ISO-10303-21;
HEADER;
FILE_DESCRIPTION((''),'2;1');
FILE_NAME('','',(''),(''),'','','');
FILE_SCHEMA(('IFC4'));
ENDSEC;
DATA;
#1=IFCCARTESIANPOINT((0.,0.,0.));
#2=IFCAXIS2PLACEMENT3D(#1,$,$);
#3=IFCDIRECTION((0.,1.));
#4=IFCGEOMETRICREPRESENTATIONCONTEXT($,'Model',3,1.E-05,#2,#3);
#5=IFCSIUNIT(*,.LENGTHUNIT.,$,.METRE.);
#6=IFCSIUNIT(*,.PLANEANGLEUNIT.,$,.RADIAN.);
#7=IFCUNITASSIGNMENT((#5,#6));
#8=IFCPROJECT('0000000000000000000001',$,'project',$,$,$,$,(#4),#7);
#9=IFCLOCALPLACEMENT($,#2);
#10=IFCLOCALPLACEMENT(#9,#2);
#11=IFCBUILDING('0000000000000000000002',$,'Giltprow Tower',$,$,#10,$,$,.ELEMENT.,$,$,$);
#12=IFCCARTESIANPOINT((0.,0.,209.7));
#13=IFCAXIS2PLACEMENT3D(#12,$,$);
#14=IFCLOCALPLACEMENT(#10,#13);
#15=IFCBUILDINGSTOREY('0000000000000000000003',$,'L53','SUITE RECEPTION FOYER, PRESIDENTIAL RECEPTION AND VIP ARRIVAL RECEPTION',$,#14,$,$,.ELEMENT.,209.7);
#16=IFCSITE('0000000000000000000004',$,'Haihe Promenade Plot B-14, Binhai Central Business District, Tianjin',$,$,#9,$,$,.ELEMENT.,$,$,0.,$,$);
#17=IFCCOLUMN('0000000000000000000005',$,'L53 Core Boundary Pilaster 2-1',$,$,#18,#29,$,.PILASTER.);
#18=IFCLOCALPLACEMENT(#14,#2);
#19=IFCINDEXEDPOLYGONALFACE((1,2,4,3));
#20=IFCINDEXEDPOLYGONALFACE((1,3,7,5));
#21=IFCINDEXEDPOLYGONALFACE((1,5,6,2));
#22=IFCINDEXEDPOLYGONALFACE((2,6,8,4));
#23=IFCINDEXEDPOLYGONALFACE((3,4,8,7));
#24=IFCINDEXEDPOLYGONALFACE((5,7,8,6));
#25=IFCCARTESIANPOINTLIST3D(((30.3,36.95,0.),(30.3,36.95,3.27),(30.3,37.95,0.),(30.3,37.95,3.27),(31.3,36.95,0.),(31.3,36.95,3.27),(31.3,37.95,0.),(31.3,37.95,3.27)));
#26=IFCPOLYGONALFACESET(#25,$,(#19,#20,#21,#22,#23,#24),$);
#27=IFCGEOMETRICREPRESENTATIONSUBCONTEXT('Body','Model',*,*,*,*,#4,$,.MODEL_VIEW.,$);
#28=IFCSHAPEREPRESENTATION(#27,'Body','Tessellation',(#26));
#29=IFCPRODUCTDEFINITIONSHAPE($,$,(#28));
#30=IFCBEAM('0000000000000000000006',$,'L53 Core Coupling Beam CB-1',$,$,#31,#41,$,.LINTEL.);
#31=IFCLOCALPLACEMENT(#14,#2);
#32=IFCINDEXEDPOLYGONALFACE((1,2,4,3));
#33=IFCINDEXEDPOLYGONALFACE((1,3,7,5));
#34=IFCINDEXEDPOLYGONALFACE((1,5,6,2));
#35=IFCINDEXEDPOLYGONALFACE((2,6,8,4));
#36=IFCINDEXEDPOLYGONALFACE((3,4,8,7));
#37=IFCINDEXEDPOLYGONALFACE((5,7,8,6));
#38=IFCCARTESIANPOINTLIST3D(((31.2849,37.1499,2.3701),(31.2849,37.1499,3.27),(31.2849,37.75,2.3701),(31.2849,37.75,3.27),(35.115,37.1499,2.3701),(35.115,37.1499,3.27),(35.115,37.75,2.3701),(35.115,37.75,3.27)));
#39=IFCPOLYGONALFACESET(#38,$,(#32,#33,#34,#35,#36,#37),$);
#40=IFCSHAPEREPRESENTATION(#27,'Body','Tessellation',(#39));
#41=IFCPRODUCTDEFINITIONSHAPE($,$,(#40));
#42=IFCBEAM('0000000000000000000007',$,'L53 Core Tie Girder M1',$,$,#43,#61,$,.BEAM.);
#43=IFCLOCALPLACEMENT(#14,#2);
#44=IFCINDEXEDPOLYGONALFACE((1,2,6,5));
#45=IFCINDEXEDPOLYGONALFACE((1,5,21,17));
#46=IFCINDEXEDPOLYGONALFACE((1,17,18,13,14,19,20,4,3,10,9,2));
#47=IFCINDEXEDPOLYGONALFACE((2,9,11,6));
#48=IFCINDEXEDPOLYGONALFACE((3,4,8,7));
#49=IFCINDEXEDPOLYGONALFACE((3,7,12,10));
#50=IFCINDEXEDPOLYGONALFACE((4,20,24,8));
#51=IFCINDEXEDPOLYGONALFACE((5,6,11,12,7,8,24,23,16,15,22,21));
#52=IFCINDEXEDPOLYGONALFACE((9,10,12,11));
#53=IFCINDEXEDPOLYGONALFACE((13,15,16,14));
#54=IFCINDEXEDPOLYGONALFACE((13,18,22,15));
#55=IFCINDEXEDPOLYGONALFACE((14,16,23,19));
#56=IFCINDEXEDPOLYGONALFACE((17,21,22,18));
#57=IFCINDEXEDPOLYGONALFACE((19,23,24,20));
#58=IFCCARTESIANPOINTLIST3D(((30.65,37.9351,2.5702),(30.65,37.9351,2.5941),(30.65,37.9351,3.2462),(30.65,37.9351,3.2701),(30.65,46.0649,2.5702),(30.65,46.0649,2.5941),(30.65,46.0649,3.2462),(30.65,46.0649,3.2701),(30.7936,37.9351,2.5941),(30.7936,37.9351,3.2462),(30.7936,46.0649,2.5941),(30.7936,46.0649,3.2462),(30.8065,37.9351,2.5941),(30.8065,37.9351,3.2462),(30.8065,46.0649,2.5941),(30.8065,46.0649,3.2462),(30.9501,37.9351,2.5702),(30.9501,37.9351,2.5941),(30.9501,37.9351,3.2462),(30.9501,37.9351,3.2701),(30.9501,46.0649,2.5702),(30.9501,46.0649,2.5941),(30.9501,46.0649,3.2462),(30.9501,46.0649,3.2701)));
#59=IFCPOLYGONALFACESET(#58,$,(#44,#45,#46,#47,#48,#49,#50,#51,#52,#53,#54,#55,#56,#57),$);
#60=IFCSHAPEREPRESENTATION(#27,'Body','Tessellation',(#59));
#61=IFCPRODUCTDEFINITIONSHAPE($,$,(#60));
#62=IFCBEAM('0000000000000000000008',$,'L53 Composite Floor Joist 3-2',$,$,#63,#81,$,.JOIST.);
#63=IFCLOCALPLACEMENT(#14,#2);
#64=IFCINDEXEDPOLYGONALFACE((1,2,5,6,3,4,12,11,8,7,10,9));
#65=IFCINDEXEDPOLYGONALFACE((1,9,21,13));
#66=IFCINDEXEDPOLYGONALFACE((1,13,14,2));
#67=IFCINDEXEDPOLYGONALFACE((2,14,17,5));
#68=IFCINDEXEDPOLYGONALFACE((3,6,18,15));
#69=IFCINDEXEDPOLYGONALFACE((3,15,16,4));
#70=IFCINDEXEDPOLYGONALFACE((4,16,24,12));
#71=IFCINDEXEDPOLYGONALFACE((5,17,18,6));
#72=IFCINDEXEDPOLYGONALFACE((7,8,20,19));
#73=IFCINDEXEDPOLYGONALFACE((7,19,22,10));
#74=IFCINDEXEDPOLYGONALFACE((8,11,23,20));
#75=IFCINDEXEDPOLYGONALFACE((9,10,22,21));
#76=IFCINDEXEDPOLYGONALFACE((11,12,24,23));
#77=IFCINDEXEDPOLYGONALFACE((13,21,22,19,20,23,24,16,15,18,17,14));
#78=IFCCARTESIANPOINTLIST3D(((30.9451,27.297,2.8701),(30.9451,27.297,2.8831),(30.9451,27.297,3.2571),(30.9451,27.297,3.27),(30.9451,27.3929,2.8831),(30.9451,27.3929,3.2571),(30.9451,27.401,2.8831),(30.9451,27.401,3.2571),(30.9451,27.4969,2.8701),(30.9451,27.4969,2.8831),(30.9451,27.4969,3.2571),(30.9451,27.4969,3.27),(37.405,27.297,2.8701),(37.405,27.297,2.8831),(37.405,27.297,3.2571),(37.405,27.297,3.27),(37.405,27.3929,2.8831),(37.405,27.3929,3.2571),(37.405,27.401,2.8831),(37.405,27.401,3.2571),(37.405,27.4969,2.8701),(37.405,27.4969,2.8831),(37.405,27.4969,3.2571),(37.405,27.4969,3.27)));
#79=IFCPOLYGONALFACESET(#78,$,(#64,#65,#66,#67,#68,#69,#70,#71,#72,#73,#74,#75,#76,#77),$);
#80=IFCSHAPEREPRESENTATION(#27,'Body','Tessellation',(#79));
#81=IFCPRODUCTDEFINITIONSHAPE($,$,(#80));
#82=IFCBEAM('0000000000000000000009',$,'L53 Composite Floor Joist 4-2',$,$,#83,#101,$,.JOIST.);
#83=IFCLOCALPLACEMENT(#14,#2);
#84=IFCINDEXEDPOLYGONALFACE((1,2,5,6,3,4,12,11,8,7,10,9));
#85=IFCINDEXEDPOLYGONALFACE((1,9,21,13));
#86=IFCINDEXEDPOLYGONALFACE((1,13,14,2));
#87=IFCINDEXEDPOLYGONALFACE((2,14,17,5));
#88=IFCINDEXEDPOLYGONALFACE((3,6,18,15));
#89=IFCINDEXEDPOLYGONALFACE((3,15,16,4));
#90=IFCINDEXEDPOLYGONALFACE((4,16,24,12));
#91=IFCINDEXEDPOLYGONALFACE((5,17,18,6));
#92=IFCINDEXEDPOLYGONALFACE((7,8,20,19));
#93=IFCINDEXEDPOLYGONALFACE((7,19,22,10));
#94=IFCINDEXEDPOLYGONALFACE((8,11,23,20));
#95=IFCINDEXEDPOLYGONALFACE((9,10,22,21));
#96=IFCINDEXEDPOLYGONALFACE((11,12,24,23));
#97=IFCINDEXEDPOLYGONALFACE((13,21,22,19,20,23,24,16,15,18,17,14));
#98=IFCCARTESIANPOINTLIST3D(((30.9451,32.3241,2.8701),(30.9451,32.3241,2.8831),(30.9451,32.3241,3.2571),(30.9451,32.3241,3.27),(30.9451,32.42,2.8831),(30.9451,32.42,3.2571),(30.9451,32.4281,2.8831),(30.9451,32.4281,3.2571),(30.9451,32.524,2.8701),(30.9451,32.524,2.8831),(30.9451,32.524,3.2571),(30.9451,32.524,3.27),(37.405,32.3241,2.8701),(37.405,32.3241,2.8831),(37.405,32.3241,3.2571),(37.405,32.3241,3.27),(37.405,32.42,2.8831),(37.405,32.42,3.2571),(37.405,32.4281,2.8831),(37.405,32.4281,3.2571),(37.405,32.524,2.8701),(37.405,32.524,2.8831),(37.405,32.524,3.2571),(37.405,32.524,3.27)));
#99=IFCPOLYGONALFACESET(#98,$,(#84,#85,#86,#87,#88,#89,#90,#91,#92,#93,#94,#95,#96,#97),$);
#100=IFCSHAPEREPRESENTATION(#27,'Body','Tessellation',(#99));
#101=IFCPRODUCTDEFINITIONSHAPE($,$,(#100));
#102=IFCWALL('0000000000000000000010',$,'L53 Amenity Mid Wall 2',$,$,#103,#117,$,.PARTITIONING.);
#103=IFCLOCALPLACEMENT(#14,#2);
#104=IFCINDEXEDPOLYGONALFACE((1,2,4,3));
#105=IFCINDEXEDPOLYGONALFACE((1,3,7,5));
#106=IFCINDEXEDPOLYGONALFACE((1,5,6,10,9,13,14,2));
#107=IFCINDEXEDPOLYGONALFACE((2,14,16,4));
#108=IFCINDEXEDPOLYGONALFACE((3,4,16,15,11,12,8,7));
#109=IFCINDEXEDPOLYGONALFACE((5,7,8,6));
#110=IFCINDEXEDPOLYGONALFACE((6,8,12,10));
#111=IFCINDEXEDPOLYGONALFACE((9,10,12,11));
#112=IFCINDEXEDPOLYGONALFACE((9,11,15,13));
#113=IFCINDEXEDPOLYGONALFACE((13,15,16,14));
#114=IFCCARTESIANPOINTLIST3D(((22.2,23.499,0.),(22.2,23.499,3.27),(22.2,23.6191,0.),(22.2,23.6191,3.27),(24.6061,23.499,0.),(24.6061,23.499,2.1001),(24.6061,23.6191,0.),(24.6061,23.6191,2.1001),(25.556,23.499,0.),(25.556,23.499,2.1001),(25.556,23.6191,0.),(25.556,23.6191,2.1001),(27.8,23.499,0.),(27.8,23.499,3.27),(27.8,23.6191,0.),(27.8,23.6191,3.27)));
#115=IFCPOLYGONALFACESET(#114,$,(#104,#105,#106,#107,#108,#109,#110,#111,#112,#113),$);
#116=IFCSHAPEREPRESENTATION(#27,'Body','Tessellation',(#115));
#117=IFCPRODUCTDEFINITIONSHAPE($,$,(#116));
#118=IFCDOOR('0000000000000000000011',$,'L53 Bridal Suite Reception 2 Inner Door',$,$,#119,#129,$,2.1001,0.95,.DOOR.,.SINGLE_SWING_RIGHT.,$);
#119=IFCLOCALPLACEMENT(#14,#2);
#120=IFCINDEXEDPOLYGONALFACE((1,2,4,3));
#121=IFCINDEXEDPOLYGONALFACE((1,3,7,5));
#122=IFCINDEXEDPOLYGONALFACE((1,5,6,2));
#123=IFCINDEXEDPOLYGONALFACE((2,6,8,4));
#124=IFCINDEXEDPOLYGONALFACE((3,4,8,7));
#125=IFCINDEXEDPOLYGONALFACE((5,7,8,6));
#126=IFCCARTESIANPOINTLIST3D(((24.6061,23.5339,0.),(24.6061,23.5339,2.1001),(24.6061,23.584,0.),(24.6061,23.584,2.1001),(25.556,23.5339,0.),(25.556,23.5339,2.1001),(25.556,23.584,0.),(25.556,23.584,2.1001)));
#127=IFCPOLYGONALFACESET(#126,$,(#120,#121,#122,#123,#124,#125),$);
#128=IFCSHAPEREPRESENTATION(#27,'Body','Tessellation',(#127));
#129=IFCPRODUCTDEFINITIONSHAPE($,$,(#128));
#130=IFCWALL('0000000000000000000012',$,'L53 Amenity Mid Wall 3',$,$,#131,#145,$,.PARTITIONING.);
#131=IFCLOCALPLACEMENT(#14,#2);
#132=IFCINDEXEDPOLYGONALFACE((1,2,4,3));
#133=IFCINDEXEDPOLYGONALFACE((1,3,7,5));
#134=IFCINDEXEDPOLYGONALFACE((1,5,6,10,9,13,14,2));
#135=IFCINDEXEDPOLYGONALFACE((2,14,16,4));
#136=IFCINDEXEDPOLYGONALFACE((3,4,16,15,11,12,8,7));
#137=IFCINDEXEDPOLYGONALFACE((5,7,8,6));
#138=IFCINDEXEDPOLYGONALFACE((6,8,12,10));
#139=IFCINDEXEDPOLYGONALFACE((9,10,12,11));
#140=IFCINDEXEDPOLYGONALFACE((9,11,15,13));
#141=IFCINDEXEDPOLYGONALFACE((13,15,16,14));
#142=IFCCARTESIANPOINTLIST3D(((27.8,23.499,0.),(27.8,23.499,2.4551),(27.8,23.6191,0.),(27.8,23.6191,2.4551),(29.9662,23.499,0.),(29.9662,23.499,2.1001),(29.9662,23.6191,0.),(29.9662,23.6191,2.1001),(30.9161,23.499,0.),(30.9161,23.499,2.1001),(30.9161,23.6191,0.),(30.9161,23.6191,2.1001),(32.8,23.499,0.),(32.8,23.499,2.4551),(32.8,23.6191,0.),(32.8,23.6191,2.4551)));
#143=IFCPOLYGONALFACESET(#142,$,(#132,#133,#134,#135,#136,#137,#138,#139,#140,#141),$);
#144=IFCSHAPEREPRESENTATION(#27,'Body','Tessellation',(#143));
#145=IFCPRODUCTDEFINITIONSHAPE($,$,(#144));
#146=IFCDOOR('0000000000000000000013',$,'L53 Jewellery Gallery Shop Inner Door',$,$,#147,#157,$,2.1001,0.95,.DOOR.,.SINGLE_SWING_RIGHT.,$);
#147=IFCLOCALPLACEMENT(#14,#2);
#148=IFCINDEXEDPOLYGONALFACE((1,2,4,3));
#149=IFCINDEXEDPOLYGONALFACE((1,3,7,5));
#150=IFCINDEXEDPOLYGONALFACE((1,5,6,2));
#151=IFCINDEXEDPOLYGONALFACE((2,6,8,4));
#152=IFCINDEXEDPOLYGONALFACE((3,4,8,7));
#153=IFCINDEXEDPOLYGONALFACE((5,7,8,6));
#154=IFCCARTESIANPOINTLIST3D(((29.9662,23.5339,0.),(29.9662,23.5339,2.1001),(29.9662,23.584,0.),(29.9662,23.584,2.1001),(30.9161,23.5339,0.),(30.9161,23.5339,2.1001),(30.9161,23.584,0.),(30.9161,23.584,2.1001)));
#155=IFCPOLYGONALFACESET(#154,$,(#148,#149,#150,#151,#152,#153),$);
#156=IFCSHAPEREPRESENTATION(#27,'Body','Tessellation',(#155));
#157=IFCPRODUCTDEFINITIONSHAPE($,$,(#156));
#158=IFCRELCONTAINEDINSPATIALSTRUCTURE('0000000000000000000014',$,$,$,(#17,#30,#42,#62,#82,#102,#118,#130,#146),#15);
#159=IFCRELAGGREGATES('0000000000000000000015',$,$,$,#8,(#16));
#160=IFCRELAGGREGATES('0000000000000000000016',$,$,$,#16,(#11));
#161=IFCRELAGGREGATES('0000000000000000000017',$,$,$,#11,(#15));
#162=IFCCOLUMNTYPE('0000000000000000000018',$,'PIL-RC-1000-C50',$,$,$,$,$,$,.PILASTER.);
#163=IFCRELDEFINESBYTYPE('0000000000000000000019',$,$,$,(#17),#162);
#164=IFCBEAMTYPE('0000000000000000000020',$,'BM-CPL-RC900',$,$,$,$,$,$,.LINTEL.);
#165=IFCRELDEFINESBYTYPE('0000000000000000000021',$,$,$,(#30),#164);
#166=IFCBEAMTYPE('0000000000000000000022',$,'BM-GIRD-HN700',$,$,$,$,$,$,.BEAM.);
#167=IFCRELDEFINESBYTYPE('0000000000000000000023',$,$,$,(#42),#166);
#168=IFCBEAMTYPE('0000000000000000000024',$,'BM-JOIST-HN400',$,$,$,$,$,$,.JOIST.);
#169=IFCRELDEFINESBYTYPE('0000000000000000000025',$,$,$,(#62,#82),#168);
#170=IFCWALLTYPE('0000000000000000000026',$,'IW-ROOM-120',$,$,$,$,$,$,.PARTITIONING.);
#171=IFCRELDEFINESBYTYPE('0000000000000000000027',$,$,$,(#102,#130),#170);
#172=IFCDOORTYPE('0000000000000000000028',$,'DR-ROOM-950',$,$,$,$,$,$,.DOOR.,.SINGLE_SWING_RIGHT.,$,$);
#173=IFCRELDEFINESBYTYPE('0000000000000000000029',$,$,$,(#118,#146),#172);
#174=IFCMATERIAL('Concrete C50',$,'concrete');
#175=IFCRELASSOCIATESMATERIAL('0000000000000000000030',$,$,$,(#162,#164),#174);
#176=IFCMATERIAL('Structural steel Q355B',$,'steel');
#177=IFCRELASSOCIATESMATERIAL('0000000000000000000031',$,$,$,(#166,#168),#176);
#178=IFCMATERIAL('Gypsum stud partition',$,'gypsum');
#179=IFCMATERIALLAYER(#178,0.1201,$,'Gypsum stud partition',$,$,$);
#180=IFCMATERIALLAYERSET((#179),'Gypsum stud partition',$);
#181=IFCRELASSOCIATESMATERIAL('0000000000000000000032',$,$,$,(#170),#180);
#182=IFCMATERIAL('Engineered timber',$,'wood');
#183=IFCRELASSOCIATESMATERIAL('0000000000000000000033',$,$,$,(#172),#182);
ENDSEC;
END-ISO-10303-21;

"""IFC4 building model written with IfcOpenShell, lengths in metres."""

from ifc_helpers import new_model, si_unit, direction, frame, frame_2d, origin, origin_2d, place, context, subcontext, project, spatial, rectangle, i_section, extrude, source, transform, mapped, material, layer, layer_set, material_profile, profile_set, type_object, element, fill, save


model = new_model("IFC4")

# Units and contexts
model_context = context("Model", 3, precision=1e-05, world=origin(), true_north=direction((0.0, 1.0)))
body_context = subcontext(model_context, "Body", "Model", "MODEL_VIEW")
ifc_project = project(units=[si_unit("LENGTHUNIT", "METRE"), si_unit("PLANEANGLEUNIT", "RADIAN")], contexts=[model_context])

# Site, building, storey
site_placement = place(None, origin())
site = spatial("IfcSite", under=ifc_project, at=site_placement, Name="Haihe Promenade Plot B-14, Binhai Central Business District, Tianjin", CompositionType="ELEMENT", RefElevation=0.0)
building_placement = place(site_placement, origin())
building = spatial("IfcBuilding", under=site, at=building_placement, Name="Giltprow Tower", CompositionType="ELEMENT")
storey_placement = place(building_placement, frame((0.0, 0.0, 209.7)))
storey = spatial("IfcBuildingStorey", under=building, at=storey_placement, Name="L53", Description="SUITE RECEPTION FOYER, PRESIDENTIAL RECEPTION AND VIP ARRIVAL RECEPTION", CompositionType="ELEMENT", Elevation=209.7)

# Column
ifc_material_1 = material(Name="Concrete C50", Category="concrete")
ifc_material_profile_1 = material_profile(ifc_material_1, rectangle(XDim=1.0, YDim=1.0, at=origin_2d()), Name="RC 1000x1000")
ifc_profile_set_1 = profile_set([ifc_material_profile_1], Name="Concrete C50")
column_type = type_object("IfcColumnType", Name="PIL-RC-1000-C50", PredefinedType="PILASTER", material=ifc_profile_set_1)
shared_shape_1 = source(origin(), body_context, "Body", "SweptSolid", [
    extrude(rectangle(XDim=1.0, YDim=1.0, at=origin_2d()), origin(), (0.0, 0.0, 1.0), 3.27),
])
column_placement = place(storey_placement, frame((30.8, 37.45, 0.0), z_axis=(0.0, 0.0, 1.0), x_axis=(1.0, 0.0, 0.0)))
element("IfcColumn", 1, at=column_placement, inside=storey, type_object=column_type, Name="L53 Core Boundary Pilaster 2-1", PredefinedType="PILASTER", context=body_context, shape_type="MappedRepresentation", body=[
    mapped(shared_shape_1, transform((0.0, 0.0, 0.0), x_axis=(1.0, 0.0, 0.0), y_axis=(0.0, 1.0, 0.0), z_axis=(0.0, 0.0, 1.0), scale=1.0)),
])

# Beams
ifc_material_profile_2 = material_profile(ifc_material_1, rectangle(XDim=0.6001, YDim=0.8999, at=origin_2d()), Name="RC 900x600")
ifc_profile_set_2 = profile_set([ifc_material_profile_2], Name="Concrete C50")
beam_type_1 = type_object("IfcBeamType", Name="BM-CPL-RC900", PredefinedType="LINTEL", material=ifc_profile_set_2)
shared_shape_2 = source(origin(), body_context, "Body", "SweptSolid", [
    extrude(rectangle(XDim=0.6001, YDim=0.8999, at=origin_2d()), origin(), (0.0, 0.0, 1.0), 3.8301),
])
beam_1_placement = place(storey_placement, frame((31.2849, 37.45, 2.8201), z_axis=(1.0, 0.0, 0.0), x_axis=(0.0, 1.0, 0.0)))
element("IfcBeam", 2, at=beam_1_placement, inside=storey, type_object=beam_type_1, Name="L53 Core Coupling Beam CB-1", PredefinedType="LINTEL", context=body_context, shape_type="MappedRepresentation", body=[
    mapped(shared_shape_2, transform((0.0, 0.0, 0.0), x_axis=(1.0, 0.0, 0.0), y_axis=(0.0, 1.0, 0.0), z_axis=(0.0, 0.0, 1.0), scale=1.0)),
])
ifc_material_2 = material(Name="Structural steel Q355B", Category="steel")
ifc_material_profile_3 = material_profile(ifc_material_2, i_section(OverallWidth=0.3, OverallDepth=0.7, WebThickness=0.0129, FlangeThickness=0.0239, at=origin_2d()), Name="HN 700x300x13x24")
ifc_profile_set_3 = profile_set([ifc_material_profile_3], Name="Structural steel Q355B")
beam_type_2 = type_object("IfcBeamType", Name="BM-GIRD-HN700", PredefinedType="BEAM", material=ifc_profile_set_3)
shared_shape_3 = source(origin(), body_context, "Body", "SweptSolid", [
    extrude(i_section(OverallWidth=0.3, OverallDepth=0.7, WebThickness=0.0129, FlangeThickness=0.0239, at=origin_2d()), origin(), (0.0, 0.0, 1.0), 8.1299),
])
beam_2_placement = place(storey_placement, frame((30.8, 37.9351, 2.9202), z_axis=(0.0, 1.0, 0.0), x_axis=(-1.0, 0.0, 0.0)))
element("IfcBeam", 3, at=beam_2_placement, inside=storey, type_object=beam_type_2, Name="L53 Core Tie Girder M1", PredefinedType="BEAM", context=body_context, shape_type="MappedRepresentation", body=[
    mapped(shared_shape_3, transform((0.0, 0.0, 0.0), x_axis=(1.0, 0.0, 0.0), y_axis=(0.0, 1.0, 0.0), z_axis=(0.0, 0.0, 1.0), scale=1.0)),
])
ifc_material_profile_4 = material_profile(ifc_material_2, i_section(OverallWidth=0.2, OverallDepth=0.3999, WebThickness=0.0081, FlangeThickness=0.0129, at=origin_2d()), Name="HN 400x200x8x13")
ifc_profile_set_4 = profile_set([ifc_material_profile_4], Name="Structural steel Q355B")
beam_type_3 = type_object("IfcBeamType", Name="BM-JOIST-HN400", PredefinedType="JOIST", material=ifc_profile_set_4)
shared_shape_4 = source(origin(), body_context, "Body", "SweptSolid", [
    extrude(i_section(OverallWidth=0.2, OverallDepth=0.3999, WebThickness=0.0081, FlangeThickness=0.0129, at=origin_2d()), origin(), (0.0, 0.0, 1.0), 6.46),
])
for number, where, z_axis, x_axis, name in (
    (4, (30.9451, 27.397, 3.0701), (1.0, 0.0, 0.0), (0.0, 1.0, 0.0), "L53 Composite Floor Joist 3-2"),
    (5, (30.9451, 32.4241, 3.0701), (1.0, 0.0, 0.0), (0.0, 1.0, 0.0), "L53 Composite Floor Joist 4-2"),
):
    element("IfcBeam", number, at=place(storey_placement, frame(where, z_axis=z_axis, x_axis=x_axis)), inside=storey, type_object=beam_type_3, Name=name, PredefinedType="JOIST", context=body_context, shape_type="MappedRepresentation", body=[
        mapped(shared_shape_4, transform((0.0, 0.0, 0.0), x_axis=(1.0, 0.0, 0.0), y_axis=(0.0, 1.0, 0.0), z_axis=(0.0, 0.0, 1.0), scale=1.0)),
    ])

# Walls, openings, doors
ifc_material_3 = material(Name="Gypsum stud partition", Category="gypsum")
ifc_layer_1 = layer(ifc_material_3, 0.1201, Name="Gypsum stud partition")
ifc_layer_set_1 = layer_set([ifc_layer_1], Name="Gypsum stud partition")
wall_type_1 = type_object("IfcWallType", Name="IW-ROOM-120", PredefinedType="PARTITIONING", material=ifc_layer_set_1)
wall_1_placement = place(storey_placement, frame((22.2, 23.5591, 0.0), z_axis=(0.0, 0.0, 1.0), x_axis=(1.0, 0.0, 0.0)))
wall_1 = element("IfcWall", 6, at=wall_1_placement, inside=storey, type_object=wall_type_1, Name="L53 Amenity Mid Wall 2", PredefinedType="PARTITIONING", context=body_context, shape_type="SweptSolid", body=[
    extrude(rectangle(XDim=5.6001, YDim=0.1201, at=frame_2d((2.8, 0.0))), origin(), (0.0, 0.0, 1.0), 3.27),
])
opening_1_placement = place(wall_1_placement, frame((2.406, 0.0, 0.0)))
opening_1 = element("IfcOpeningElement", 7, at=opening_1_placement, cuts=wall_1, PredefinedType="OPENING", context=body_context, shape_type="SweptSolid", body=[
    extrude(rectangle(XDim=0.95, YDim=2.1001, at=frame_2d((0.4751, 1.05))), frame((0.0, 0.0701, 0.0), z_axis=(0.0, -1.0, 0.0), x_axis=(1.0, 0.0, 0.0)), (0.0, 0.0, 1.0), 0.1401),
])
ifc_material_4 = material(Name="Engineered timber", Category="wood")
door_type_1 = type_object("IfcDoorType", Name="DR-ROOM-950", OperationType="SINGLE_SWING_RIGHT", PredefinedType="DOOR", material=ifc_material_4)
shared_shape_5 = source(origin(), body_context, "Body", "SweptSolid", [
    extrude(rectangle(XDim=0.95, YDim=2.1001, at=frame_2d((0.4751, 1.05))), frame((0.0, 0.0249, 0.0), z_axis=(0.0, -1.0, 0.0), x_axis=(1.0, 0.0, 0.0)), (0.0, 0.0, 1.0), 0.05),
])
door_1_placement = place(opening_1_placement, origin())
door_1 = element("IfcDoor", 8, at=door_1_placement, inside=storey, type_object=door_type_1, Name="L53 Bridal Suite Reception 2 Inner Door", OperationType="SINGLE_SWING_RIGHT", OverallHeight=2.1001, OverallWidth=0.95, PredefinedType="DOOR", context=body_context, shape_type="MappedRepresentation", body=[
    mapped(shared_shape_5, transform((0.0, 0.0, 0.0), x_axis=(1.0, 0.0, 0.0), y_axis=(0.0, 1.0, 0.0), z_axis=(0.0, 0.0, 1.0), scale=1.0)),
])
fill(opening_1, door_1)
wall_2_placement = place(storey_placement, frame((27.8, 23.5591, 0.0), z_axis=(0.0, 0.0, 1.0), x_axis=(1.0, 0.0, 0.0)))
wall_2 = element("IfcWall", 9, at=wall_2_placement, inside=storey, type_object=wall_type_1, Name="L53 Amenity Mid Wall 3", PredefinedType="PARTITIONING", context=body_context, shape_type="SweptSolid", body=[
    extrude(rectangle(XDim=5.0, YDim=0.1201, at=frame_2d((2.5, 0.0))), origin(), (0.0, 0.0, 1.0), 2.4551),
])
opening_2_placement = place(wall_2_placement, frame((2.166, 0.0, 0.0)))
opening_2 = element("IfcOpeningElement", 10, at=opening_2_placement, cuts=wall_2, PredefinedType="OPENING", context=body_context, shape_type="SweptSolid", body=[
    extrude(rectangle(XDim=0.95, YDim=2.1001, at=frame_2d((0.4751, 1.05))), frame((0.0, 0.0701, 0.0), z_axis=(0.0, -1.0, 0.0), x_axis=(1.0, 0.0, 0.0)), (0.0, 0.0, 1.0), 0.1401),
])
door_2_placement = place(opening_2_placement, origin())
door_2 = element("IfcDoor", 11, at=door_2_placement, inside=storey, type_object=door_type_1, Name="L53 Jewellery Gallery Shop Inner Door", OperationType="SINGLE_SWING_RIGHT", OverallHeight=2.1001, OverallWidth=0.95, PredefinedType="DOOR", context=body_context, shape_type="MappedRepresentation", body=[
    mapped(shared_shape_5, transform((0.0, 0.0, 0.0), x_axis=(1.0, 0.0, 0.0), y_axis=(0.0, 1.0, 0.0), z_axis=(0.0, 0.0, 1.0), scale=1.0)),
])
fill(opening_2, door_2)

save(model, "model.ifc")
